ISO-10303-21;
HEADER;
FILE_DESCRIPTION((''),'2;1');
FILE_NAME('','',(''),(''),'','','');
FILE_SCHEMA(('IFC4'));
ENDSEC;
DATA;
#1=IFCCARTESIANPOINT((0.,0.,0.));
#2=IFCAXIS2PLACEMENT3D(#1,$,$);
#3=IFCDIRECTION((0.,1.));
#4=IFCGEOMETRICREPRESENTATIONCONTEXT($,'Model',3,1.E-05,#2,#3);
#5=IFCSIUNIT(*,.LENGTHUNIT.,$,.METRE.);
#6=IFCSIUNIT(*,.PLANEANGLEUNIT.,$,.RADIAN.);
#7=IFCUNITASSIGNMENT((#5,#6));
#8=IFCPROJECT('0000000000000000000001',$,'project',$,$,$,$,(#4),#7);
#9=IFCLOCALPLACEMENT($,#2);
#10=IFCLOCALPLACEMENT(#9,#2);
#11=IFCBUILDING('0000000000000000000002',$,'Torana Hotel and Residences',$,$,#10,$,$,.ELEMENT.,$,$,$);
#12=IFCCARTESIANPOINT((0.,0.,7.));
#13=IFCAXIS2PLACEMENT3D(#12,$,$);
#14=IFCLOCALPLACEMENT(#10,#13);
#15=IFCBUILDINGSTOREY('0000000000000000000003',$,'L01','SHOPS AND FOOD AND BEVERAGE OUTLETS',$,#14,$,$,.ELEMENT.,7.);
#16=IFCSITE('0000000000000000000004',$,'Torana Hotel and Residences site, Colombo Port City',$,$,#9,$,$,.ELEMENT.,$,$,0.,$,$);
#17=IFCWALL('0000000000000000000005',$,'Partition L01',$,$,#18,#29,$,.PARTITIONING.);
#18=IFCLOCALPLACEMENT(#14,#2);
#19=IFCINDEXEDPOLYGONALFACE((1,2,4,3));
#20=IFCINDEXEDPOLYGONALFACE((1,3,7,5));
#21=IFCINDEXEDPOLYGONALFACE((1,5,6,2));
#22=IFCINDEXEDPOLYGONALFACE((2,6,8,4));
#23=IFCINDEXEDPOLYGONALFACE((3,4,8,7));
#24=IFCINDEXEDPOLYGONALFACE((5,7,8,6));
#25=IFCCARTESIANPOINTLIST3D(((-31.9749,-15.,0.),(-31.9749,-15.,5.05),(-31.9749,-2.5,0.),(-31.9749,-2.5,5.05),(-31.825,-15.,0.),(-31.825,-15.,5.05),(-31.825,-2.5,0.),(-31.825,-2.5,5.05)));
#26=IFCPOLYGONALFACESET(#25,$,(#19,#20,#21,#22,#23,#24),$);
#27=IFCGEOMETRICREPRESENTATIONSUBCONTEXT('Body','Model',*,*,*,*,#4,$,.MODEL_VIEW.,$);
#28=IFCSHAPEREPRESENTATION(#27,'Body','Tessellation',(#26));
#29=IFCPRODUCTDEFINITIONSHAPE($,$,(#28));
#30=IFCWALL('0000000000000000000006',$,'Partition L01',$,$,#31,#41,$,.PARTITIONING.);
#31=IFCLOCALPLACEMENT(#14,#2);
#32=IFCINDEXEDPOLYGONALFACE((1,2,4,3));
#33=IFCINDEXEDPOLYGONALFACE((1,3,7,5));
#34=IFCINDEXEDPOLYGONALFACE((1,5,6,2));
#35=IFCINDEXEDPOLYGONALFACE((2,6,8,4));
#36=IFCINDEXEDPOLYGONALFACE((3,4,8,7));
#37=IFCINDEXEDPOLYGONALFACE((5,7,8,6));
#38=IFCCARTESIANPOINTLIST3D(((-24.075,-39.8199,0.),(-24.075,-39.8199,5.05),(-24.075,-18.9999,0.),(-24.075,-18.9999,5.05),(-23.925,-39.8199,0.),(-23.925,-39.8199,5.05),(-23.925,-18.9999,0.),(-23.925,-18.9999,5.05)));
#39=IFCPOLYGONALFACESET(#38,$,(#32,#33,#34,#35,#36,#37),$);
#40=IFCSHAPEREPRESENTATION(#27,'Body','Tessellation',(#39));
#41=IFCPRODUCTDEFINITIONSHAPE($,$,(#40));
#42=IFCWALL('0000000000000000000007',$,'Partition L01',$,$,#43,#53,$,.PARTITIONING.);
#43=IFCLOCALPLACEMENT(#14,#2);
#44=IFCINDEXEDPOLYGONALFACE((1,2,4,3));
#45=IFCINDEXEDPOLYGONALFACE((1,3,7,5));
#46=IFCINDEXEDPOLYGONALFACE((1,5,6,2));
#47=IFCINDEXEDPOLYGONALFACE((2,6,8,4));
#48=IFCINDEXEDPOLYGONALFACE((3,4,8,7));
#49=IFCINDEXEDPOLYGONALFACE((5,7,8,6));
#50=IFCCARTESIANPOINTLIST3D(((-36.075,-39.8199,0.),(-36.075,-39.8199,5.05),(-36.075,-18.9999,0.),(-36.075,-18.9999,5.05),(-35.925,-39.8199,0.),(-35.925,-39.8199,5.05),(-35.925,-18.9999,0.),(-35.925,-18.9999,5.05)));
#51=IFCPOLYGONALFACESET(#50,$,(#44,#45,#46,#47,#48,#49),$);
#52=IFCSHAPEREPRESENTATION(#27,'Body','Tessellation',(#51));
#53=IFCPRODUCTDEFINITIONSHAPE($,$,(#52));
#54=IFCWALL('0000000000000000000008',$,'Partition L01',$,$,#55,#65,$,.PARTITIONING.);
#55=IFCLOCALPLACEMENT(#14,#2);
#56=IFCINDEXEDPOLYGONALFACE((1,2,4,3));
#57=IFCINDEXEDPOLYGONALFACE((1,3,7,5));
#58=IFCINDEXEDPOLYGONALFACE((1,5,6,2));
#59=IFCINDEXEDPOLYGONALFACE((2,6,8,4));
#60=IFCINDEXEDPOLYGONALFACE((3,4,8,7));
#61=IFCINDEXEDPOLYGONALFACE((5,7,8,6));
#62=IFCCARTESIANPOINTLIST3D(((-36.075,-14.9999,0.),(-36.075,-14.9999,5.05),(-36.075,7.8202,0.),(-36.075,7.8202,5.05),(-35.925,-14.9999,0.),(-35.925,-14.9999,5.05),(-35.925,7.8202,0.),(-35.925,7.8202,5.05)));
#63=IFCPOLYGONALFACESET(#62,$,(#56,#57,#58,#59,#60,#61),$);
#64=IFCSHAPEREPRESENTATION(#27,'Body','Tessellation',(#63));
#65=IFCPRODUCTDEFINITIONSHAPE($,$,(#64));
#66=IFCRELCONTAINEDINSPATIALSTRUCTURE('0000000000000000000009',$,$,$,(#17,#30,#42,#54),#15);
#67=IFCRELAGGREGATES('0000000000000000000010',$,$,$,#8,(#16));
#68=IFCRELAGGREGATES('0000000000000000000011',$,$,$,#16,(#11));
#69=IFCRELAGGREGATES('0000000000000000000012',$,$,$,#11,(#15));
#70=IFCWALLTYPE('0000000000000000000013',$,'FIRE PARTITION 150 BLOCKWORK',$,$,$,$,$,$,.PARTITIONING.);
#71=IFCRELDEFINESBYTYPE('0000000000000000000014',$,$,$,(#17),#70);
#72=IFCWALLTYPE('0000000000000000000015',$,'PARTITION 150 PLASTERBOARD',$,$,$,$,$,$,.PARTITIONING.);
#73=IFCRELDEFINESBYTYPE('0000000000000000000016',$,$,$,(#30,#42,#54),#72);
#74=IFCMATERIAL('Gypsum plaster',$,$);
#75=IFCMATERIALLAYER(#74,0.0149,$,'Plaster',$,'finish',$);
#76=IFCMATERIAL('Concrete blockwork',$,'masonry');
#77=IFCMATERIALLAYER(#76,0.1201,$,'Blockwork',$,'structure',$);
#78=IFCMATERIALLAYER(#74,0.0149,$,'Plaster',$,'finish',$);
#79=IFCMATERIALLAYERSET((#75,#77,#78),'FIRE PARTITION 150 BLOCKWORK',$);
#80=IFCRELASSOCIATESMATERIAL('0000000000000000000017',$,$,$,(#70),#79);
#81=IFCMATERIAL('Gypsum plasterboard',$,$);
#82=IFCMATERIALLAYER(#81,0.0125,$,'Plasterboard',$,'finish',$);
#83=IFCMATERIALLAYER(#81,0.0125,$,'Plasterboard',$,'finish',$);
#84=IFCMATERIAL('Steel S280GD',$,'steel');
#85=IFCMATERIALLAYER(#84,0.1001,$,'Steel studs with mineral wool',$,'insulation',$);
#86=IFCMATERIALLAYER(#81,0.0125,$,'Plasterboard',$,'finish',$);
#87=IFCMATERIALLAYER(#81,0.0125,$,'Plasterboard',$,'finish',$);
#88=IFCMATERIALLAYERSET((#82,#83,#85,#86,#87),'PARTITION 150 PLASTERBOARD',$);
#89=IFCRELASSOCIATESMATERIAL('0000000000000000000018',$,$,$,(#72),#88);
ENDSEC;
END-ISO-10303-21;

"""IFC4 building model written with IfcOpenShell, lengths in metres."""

from ifc_helpers import new_model, si_unit, direction, frame, frame_2d, origin, place, context, subcontext, project, spatial, rectangle, extrude, material, layer, layer_set, type_object, element, save


model = new_model("IFC4")

# Units and contexts
model_context = context("Model", 3, precision=1e-05, world=origin(), true_north=direction((0.0, 1.0)))
body_context = subcontext(model_context, "Body", "Model", "MODEL_VIEW")
ifc_project = project(units=[si_unit("LENGTHUNIT", "METRE"), si_unit("PLANEANGLEUNIT", "RADIAN")], contexts=[model_context])

# Site, building, storey
site_placement = place(None, origin())
site = spatial("IfcSite", under=ifc_project, at=site_placement, Name="Torana Hotel and Residences site, Colombo Port City", CompositionType="ELEMENT", RefElevation=0.0)
building_placement = place(site_placement, origin())
building = spatial("IfcBuilding", under=site, at=building_placement, Name="Torana Hotel and Residences", CompositionType="ELEMENT")
storey_placement = place(building_placement, frame((0.0, 0.0, 7.0)))
storey = spatial("IfcBuildingStorey", under=building, at=storey_placement, Name="L01", Description="SHOPS AND FOOD AND BEVERAGE OUTLETS", CompositionType="ELEMENT", Elevation=7.0)

# Walls
ifc_material_1 = material(Name="Gypsum plaster")
ifc_layer_1 = layer(ifc_material_1, 0.0149, Name="Plaster", Category="finish")
ifc_material_2 = material(Name="Concrete blockwork", Category="masonry")
ifc_layer_2 = layer(ifc_material_2, 0.1201, Name="Blockwork", Category="structure")
ifc_layer_3 = layer(ifc_material_1, 0.0149, Name="Plaster", Category="finish")
ifc_layer_set_1 = layer_set([ifc_layer_1, ifc_layer_2, ifc_layer_3], Name="FIRE PARTITION 150 BLOCKWORK")
wall_type_1 = type_object("IfcWallType", Name="FIRE PARTITION 150 BLOCKWORK", PredefinedType="PARTITIONING", material=ifc_layer_set_1)
wall_1_placement = place(storey_placement, frame((-31.8999, -15.0, 0.0), z_axis=(0.0, 0.0, 1.0), x_axis=(0.0, 1.0, 0.0)))
element("IfcWall", 1, at=wall_1_placement, inside=storey, type_object=wall_type_1, Name="Partition L01", PredefinedType="PARTITIONING", context=body_context, shape_type="SweptSolid", body=[
    extrude(rectangle(XDim=12.5, YDim=0.1499, at=frame_2d((6.25, 0.0))), origin(), (0.0, 0.0, 1.0), 5.05),
])
ifc_material_3 = material(Name="Gypsum plasterboard")
ifc_layer_4 = layer(ifc_material_3, 0.0125, Name="Plasterboard", Category="finish")
ifc_layer_5 = layer(ifc_material_3, 0.0125, Name="Plasterboard", Category="finish")
ifc_material_4 = material(Name="Steel S280GD", Category="steel")
ifc_layer_6 = layer(ifc_material_4, 0.1001, Name="Steel studs with mineral wool", Category="insulation")
ifc_layer_7 = layer(ifc_material_3, 0.0125, Name="Plasterboard", Category="finish")
ifc_layer_8 = layer(ifc_material_3, 0.0125, Name="Plasterboard", Category="finish")
ifc_layer_set_2 = layer_set([ifc_layer_4, ifc_layer_5, ifc_layer_6, ifc_layer_7, ifc_layer_8], Name="PARTITION 150 PLASTERBOARD")
wall_type_2 = type_object("IfcWallType", Name="PARTITION 150 PLASTERBOARD", PredefinedType="PARTITIONING", material=ifc_layer_set_2)
for number, where, z_axis, x_axis, name in (
    (2, (-24.0, -39.8201, 0.0), (0.0, 0.0, 1.0), (0.0, 1.0, 0.0), "Partition L01"),
    (3, (-36.0, -39.8201, 0.0), (0.0, 0.0, 1.0), (0.0, 1.0, 0.0), "Partition L01"),
):
    element("IfcWall", number, at=place(storey_placement, frame(where, z_axis=z_axis, x_axis=x_axis)), inside=storey, type_object=wall_type_2, Name=name, PredefinedType="PARTITIONING", context=body_context, shape_type="SweptSolid", body=[
        extrude(rectangle(XDim=20.8201, YDim=0.1499, at=frame_2d((10.4102, 0.0))), origin(), (0.0, 0.0, 1.0), 5.05),
    ])
wall_2_placement = place(storey_placement, frame((-36.0, -15.0, 0.0), z_axis=(0.0, 0.0, 1.0), x_axis=(0.0, 1.0, 0.0)))
element("IfcWall", 4, at=wall_2_placement, inside=storey, type_object=wall_type_2, Name="Partition L01", PredefinedType="PARTITIONING", context=body_context, shape_type="SweptSolid", body=[
    extrude(rectangle(XDim=22.8201, YDim=0.1499, at=frame_2d((11.4102, 0.0))), origin(), (0.0, 0.0, 1.0), 5.05),
])

save(model, "model.ifc")
